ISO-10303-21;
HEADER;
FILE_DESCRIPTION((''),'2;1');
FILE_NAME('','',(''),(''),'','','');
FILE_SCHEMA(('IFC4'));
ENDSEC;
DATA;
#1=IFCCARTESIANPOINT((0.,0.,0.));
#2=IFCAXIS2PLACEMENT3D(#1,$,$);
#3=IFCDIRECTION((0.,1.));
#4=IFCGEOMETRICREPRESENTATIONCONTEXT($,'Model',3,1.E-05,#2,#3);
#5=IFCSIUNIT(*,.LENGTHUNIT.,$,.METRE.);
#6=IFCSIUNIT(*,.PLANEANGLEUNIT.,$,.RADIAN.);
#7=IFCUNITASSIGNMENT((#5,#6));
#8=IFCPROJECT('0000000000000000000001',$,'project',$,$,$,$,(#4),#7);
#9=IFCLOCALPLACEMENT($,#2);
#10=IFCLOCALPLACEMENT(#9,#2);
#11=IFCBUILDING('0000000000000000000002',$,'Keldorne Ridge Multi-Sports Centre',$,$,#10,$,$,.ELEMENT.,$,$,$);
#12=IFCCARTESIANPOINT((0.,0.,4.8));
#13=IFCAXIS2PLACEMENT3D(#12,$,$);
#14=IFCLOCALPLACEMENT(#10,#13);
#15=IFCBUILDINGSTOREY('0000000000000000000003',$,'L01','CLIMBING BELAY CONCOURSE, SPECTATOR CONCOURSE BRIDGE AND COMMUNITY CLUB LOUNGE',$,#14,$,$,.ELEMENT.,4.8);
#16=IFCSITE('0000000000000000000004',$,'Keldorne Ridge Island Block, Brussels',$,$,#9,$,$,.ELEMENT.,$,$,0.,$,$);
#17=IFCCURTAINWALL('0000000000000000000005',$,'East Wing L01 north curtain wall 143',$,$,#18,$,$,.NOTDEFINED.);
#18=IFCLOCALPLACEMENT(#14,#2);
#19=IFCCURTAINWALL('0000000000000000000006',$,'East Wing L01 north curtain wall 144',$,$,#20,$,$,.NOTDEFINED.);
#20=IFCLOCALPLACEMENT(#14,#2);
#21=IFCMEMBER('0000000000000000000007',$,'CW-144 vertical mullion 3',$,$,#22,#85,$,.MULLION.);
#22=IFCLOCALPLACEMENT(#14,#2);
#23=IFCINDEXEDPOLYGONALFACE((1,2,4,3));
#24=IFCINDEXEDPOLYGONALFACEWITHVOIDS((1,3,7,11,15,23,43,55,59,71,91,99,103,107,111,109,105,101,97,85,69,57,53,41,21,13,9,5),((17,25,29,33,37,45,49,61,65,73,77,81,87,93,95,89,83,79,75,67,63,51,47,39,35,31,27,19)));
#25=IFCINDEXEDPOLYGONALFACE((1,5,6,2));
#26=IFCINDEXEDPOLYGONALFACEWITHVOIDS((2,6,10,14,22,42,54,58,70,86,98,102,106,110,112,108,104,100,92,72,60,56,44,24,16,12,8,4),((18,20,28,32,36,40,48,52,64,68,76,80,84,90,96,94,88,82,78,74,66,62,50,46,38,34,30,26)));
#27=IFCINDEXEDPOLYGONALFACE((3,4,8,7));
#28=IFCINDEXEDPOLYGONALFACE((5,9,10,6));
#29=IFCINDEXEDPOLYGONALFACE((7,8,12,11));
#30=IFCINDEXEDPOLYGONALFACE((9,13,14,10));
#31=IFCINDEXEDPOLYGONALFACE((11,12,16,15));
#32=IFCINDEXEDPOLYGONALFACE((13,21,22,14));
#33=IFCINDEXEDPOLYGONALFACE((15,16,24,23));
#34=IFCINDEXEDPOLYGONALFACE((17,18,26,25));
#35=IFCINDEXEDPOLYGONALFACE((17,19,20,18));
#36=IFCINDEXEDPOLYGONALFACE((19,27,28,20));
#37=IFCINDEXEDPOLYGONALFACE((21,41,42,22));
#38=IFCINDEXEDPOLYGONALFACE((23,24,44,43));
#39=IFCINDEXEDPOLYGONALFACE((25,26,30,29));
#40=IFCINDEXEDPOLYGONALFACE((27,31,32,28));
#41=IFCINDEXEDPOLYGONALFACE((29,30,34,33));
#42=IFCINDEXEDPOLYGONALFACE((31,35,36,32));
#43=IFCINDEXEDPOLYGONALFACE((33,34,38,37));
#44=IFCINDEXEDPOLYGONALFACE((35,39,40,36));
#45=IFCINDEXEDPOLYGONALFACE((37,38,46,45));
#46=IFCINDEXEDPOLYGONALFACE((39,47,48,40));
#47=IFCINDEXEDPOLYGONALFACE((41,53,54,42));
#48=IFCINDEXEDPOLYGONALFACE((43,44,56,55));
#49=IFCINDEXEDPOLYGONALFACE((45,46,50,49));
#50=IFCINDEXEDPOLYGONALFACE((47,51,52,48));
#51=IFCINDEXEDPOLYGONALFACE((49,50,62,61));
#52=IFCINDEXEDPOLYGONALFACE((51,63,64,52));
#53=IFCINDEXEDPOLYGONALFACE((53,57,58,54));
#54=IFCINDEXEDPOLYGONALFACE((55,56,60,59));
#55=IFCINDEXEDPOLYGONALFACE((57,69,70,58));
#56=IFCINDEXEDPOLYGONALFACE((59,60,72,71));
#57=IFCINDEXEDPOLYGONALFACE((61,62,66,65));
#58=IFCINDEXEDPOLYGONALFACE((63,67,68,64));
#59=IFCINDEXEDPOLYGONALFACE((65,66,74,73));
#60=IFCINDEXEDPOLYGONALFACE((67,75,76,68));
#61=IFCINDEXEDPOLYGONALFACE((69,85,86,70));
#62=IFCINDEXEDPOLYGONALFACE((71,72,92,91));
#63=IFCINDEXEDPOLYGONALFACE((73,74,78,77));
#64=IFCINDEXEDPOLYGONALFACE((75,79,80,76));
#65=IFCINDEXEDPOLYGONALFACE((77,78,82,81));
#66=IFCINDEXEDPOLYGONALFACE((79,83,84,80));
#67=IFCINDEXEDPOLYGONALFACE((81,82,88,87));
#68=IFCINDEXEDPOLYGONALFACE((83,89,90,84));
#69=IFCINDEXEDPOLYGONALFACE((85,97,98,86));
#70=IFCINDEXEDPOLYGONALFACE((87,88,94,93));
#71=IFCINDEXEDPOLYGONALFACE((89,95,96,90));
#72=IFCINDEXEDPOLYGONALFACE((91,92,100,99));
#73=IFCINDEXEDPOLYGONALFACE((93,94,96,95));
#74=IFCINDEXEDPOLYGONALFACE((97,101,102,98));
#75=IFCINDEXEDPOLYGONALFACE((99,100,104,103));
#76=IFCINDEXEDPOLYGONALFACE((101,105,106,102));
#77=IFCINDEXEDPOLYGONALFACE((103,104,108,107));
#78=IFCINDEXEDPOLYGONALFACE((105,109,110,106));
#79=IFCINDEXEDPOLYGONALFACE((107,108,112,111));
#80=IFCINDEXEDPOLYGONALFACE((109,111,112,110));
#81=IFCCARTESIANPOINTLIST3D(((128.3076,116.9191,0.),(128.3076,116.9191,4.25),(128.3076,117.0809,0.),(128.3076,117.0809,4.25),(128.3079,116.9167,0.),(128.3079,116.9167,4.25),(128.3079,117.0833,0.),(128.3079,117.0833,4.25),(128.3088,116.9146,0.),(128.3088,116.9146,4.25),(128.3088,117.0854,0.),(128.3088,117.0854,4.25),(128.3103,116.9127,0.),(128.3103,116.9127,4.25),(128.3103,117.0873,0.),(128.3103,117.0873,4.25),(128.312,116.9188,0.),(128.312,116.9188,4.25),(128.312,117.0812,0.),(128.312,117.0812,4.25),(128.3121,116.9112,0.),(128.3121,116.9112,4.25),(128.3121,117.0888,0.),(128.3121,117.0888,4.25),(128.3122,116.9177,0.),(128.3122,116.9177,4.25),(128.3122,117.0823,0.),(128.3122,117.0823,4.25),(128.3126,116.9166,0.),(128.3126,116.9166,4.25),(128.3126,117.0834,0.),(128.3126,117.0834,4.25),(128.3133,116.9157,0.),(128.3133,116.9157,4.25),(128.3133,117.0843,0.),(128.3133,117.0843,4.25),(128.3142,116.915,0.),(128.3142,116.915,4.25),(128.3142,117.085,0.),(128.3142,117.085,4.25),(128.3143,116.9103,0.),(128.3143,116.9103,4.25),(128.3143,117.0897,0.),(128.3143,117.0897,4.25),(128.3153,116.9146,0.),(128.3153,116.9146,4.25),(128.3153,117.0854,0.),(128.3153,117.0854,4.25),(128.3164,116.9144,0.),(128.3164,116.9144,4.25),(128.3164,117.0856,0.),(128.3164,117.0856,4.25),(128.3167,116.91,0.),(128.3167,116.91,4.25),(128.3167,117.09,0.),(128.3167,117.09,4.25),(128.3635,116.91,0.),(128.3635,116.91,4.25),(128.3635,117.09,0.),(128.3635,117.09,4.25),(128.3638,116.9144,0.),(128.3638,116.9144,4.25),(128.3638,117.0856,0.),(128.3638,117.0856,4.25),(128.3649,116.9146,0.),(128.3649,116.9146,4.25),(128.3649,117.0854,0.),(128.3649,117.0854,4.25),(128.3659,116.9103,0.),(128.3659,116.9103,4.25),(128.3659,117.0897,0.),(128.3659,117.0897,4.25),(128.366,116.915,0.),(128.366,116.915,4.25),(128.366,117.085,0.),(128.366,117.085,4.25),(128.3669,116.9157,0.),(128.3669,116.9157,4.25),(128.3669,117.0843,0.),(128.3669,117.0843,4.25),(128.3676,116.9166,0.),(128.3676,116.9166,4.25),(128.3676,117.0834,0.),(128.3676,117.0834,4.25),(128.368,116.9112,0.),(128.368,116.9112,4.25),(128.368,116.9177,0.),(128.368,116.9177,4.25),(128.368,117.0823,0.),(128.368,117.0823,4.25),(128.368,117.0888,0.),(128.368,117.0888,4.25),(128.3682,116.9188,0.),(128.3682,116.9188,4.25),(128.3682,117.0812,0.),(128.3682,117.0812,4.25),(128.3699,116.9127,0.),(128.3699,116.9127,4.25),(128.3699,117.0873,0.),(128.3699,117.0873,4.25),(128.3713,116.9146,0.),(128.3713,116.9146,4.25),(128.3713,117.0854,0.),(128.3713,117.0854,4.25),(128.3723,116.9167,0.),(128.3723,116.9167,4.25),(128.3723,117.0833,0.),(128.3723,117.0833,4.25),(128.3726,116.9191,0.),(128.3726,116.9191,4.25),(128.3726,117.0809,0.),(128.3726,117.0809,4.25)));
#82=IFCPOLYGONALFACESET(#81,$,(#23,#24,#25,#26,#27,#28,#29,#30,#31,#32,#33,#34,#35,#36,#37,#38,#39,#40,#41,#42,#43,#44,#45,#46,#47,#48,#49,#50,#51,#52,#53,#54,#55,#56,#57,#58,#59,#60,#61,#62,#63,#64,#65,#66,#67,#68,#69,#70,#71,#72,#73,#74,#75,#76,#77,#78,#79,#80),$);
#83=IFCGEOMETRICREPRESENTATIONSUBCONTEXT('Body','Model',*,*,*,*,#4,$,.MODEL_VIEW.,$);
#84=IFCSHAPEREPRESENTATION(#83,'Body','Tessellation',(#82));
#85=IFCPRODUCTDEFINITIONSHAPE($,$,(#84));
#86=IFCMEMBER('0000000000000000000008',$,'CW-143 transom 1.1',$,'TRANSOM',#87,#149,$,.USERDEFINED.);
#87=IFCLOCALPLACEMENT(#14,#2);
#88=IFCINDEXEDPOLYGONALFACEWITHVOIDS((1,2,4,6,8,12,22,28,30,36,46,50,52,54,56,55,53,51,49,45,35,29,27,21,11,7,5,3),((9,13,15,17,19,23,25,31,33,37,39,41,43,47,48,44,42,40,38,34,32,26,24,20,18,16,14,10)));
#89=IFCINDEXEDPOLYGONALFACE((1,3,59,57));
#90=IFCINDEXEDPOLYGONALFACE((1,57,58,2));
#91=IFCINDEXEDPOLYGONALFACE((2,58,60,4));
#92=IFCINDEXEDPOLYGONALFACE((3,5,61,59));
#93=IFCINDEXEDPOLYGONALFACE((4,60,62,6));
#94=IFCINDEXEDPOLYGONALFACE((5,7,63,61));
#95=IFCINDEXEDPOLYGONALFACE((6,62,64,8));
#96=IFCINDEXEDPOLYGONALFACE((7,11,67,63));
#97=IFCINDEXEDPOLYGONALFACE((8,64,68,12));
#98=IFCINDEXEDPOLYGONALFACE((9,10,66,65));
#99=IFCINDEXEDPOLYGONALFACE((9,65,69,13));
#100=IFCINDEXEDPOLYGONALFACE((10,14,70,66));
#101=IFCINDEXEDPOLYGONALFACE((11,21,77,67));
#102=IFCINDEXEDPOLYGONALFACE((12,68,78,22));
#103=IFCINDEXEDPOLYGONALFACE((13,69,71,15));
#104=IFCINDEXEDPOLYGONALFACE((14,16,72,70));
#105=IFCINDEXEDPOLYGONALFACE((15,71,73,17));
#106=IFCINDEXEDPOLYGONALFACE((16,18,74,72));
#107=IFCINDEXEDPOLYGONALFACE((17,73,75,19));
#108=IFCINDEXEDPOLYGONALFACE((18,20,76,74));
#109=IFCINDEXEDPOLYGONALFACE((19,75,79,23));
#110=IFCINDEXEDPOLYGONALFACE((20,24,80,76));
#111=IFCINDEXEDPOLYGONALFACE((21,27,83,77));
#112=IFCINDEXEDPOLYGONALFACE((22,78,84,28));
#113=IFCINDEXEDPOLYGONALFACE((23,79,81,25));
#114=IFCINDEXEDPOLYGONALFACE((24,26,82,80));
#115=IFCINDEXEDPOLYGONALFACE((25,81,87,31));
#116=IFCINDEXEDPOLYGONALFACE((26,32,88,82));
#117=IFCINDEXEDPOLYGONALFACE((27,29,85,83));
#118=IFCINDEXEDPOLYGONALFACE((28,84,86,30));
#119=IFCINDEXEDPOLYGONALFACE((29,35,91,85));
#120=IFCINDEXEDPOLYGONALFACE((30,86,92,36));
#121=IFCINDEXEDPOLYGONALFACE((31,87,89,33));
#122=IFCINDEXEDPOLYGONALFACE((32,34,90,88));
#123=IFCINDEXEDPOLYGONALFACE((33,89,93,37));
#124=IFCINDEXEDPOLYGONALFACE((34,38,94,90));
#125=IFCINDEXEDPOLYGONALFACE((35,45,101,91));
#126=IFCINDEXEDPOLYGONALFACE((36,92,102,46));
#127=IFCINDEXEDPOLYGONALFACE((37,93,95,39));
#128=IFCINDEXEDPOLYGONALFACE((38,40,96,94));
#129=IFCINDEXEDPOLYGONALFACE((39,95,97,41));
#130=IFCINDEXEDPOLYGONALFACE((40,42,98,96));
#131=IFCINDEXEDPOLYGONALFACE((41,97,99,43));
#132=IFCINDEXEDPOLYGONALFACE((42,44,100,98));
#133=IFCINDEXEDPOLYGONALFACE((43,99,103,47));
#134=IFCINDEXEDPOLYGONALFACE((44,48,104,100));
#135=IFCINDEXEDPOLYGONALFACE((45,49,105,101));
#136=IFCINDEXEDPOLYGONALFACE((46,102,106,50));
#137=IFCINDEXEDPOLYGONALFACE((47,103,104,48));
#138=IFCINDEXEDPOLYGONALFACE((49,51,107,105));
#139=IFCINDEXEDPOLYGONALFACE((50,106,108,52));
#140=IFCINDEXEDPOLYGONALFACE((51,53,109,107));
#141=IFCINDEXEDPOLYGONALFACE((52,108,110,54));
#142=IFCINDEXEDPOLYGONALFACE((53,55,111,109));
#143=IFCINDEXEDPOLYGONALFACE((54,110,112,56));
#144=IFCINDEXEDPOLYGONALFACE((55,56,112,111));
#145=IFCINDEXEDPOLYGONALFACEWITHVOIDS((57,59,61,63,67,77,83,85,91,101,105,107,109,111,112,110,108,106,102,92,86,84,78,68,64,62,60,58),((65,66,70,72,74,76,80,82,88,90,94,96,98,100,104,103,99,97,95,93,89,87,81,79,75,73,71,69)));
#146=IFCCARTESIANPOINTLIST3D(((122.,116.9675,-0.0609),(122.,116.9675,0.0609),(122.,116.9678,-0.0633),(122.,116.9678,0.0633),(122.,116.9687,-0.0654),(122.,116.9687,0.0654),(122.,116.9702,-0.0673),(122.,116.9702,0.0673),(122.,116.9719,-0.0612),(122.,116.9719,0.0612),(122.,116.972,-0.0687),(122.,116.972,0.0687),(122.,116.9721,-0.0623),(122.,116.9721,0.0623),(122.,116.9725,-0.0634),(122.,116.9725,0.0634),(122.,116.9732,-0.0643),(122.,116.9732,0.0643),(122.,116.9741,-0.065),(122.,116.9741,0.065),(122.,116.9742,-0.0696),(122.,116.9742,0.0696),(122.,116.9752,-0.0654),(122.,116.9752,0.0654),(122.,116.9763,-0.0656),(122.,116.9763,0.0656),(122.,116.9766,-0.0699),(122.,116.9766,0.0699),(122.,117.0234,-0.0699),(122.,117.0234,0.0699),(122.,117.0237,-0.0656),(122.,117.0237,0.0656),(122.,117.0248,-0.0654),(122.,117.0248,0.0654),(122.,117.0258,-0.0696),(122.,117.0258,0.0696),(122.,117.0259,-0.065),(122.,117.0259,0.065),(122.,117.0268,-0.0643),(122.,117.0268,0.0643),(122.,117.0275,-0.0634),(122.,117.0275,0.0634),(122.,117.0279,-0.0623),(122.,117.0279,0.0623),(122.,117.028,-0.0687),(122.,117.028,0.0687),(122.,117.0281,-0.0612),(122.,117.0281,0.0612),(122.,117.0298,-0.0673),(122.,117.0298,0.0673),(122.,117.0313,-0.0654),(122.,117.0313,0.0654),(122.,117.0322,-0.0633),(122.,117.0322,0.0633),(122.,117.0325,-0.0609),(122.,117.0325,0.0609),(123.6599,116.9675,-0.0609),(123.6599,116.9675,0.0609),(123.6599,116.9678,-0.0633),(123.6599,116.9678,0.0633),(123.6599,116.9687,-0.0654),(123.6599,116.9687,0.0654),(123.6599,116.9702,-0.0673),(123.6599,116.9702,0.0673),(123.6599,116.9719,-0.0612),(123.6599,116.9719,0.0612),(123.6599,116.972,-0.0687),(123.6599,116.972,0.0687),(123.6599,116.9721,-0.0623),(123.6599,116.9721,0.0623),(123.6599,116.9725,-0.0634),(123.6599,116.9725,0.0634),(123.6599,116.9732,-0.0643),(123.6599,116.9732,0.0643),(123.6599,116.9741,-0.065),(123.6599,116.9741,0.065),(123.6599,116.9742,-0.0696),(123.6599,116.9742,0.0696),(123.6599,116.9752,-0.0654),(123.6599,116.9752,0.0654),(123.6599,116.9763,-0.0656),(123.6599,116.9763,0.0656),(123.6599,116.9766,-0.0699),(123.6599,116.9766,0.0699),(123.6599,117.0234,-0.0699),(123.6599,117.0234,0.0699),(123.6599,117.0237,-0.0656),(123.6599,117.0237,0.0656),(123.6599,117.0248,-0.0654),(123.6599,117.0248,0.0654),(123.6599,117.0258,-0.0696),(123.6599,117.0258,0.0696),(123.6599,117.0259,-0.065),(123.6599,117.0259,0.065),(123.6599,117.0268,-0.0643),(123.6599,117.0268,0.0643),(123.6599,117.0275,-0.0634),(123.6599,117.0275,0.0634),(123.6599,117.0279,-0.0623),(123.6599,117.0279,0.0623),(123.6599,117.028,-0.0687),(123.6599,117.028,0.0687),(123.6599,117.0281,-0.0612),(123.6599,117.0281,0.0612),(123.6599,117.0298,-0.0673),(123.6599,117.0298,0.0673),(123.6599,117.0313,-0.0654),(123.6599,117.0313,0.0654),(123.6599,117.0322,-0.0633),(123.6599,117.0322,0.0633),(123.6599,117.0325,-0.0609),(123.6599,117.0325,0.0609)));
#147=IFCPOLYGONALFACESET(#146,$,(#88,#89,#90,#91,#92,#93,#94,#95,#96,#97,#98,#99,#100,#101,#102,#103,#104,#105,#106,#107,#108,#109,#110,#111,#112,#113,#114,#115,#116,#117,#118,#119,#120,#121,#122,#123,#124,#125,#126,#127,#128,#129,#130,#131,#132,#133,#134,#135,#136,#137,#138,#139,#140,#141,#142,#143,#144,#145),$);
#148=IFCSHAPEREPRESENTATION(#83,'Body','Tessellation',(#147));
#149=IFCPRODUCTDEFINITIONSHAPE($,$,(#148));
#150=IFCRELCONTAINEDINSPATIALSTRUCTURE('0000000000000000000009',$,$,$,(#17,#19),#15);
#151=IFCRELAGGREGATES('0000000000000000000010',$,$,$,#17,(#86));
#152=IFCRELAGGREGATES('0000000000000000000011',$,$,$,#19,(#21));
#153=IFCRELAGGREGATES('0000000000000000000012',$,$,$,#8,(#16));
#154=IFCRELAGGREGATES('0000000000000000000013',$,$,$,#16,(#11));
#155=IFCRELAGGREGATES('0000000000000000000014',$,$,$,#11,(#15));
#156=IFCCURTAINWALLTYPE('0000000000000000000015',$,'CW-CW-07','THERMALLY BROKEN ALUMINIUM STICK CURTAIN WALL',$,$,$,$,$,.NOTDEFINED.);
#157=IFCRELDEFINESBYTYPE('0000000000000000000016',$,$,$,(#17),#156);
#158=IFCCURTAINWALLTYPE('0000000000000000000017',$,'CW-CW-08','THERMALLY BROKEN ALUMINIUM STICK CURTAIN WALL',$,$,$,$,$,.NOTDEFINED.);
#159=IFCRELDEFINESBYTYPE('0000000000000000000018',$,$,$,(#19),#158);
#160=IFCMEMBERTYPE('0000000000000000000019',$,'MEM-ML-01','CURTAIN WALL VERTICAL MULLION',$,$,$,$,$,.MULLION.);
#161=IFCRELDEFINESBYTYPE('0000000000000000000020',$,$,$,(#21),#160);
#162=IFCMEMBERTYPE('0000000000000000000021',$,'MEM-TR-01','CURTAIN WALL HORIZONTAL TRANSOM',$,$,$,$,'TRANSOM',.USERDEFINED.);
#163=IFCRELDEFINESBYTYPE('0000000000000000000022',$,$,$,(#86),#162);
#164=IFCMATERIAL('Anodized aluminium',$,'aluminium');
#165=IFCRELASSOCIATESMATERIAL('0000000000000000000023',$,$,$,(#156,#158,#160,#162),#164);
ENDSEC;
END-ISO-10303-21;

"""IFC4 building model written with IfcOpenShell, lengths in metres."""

from ifc_helpers import new_model, si_unit, direction, frame, origin, origin_2d, place, context, subcontext, project, spatial, hollow_rectangle, extrude, material, material_profile, profile_set, type_object, element, aggregate, save


model = new_model("IFC4")

# Units and contexts
model_context = context("Model", 3, precision=1e-05, world=origin(), true_north=direction((0.0, 1.0)))
body_context = subcontext(model_context, "Body", "Model", "MODEL_VIEW")
ifc_project = project(units=[si_unit("LENGTHUNIT", "METRE"), si_unit("PLANEANGLEUNIT", "RADIAN")], contexts=[model_context])

# Site, building, storey
site_placement = place(None, origin())
site = spatial("IfcSite", under=ifc_project, at=site_placement, Name="Keldorne Ridge Island Block, Brussels", CompositionType="ELEMENT", RefElevation=0.0)
building_placement = place(site_placement, origin())
building = spatial("IfcBuilding", under=site, at=building_placement, Name="Keldorne Ridge Multi-Sports Centre", CompositionType="ELEMENT")
storey_placement = place(building_placement, frame((0.0, 0.0, 4.8)))
storey = spatial("IfcBuildingStorey", under=building, at=storey_placement, Name="L01", Description="CLIMBING BELAY CONCOURSE, SPECTATOR CONCOURSE BRIDGE AND COMMUNITY CLUB LOUNGE", CompositionType="ELEMENT", Elevation=4.8)

# Curtain wall
ifc_material_1 = material(Name="Anodized aluminium", Category="aluminium")
curtain_wall_type_1 = type_object("IfcCurtainWallType", Name="CW-CW-07", Description="THERMALLY BROKEN ALUMINIUM STICK CURTAIN WALL", PredefinedType="NOTDEFINED", material=ifc_material_1)
curtain_wall_1_placement = place(storey_placement, origin())
curtain_wall_1 = element("IfcCurtainWall", 1, at=curtain_wall_1_placement, inside=storey, type_object=curtain_wall_type_1, Name="East Wing L01 north curtain wall 143", PredefinedType="NOTDEFINED")
ifc_material_profile_1 = material_profile(ifc_material_1, hollow_rectangle(XDim=0.0649, YDim=0.1799, WallThickness=0.0044, InnerFilletRadius=0.0044, OuterFilletRadius=0.009, at=origin_2d()), Name="ALU MULLION 180x65x4.5")
ifc_profile_set_1 = profile_set([ifc_material_profile_1], Name="Anodized aluminium")
member_type_1 = type_object("IfcMemberType", Name="MEM-ML-01", Description="CURTAIN WALL VERTICAL MULLION", PredefinedType="MULLION", material=ifc_profile_set_1)

# Curtain wall, member
curtain_wall_type_2 = type_object("IfcCurtainWallType", Name="CW-CW-08", Description="THERMALLY BROKEN ALUMINIUM STICK CURTAIN WALL", PredefinedType="NOTDEFINED", material=ifc_material_1)
curtain_wall_2_placement = place(storey_placement, origin())
curtain_wall_2 = element("IfcCurtainWall", 2, at=curtain_wall_2_placement, inside=storey, type_object=curtain_wall_type_2, Name="East Wing L01 north curtain wall 144", PredefinedType="NOTDEFINED")
member_1_placement = place(storey_placement, frame((128.3401, 117.0, 0.0), z_axis=(0.0, 0.0, 1.0), x_axis=(1.0, 0.0, 0.0)))
member_1 = element("IfcMember", 3, at=member_1_placement, type_object=member_type_1, Name="CW-144 vertical mullion 3", PredefinedType="MULLION", context=body_context, shape_type="SweptSolid", body=[
    extrude(hollow_rectangle(XDim=0.0649, YDim=0.1799, WallThickness=0.0044, InnerFilletRadius=0.0044, OuterFilletRadius=0.009, at=origin_2d()), origin(), (0.0, 0.0, 1.0), 4.25),
])

# Member
ifc_material_profile_2 = material_profile(ifc_material_1, hollow_rectangle(XDim=0.0649, YDim=0.1399, WallThickness=0.0044, InnerFilletRadius=0.0044, OuterFilletRadius=0.009, at=origin_2d()), Name="ALU TRANSOM 140x65x4.5")
ifc_profile_set_2 = profile_set([ifc_material_profile_2], Name="Anodized aluminium")
member_type_2 = type_object("IfcMemberType", Name="MEM-TR-01", Description="CURTAIN WALL HORIZONTAL TRANSOM", ElementType="TRANSOM", PredefinedType="USERDEFINED", material=ifc_profile_set_2)
member_2_placement = place(storey_placement, frame((123.6599, 117.0, 0.0), z_axis=(-1.0, 0.0, 0.0), x_axis=(0.0, -1.0, 0.0)))
member_2 = element("IfcMember", 4, at=member_2_placement, type_object=member_type_2, Name="CW-143 transom 1.1", ObjectType="TRANSOM", PredefinedType="USERDEFINED", context=body_context, shape_type="SweptSolid", body=[
    extrude(hollow_rectangle(XDim=0.0649, YDim=0.1399, WallThickness=0.0044, InnerFilletRadius=0.0044, OuterFilletRadius=0.009, at=origin_2d()), origin(), (0.0, 0.0, 1.0), 1.6599),
])
aggregate(curtain_wall_1, [member_2])

aggregate(curtain_wall_2, [member_1])

save(model, "model.ifc")
